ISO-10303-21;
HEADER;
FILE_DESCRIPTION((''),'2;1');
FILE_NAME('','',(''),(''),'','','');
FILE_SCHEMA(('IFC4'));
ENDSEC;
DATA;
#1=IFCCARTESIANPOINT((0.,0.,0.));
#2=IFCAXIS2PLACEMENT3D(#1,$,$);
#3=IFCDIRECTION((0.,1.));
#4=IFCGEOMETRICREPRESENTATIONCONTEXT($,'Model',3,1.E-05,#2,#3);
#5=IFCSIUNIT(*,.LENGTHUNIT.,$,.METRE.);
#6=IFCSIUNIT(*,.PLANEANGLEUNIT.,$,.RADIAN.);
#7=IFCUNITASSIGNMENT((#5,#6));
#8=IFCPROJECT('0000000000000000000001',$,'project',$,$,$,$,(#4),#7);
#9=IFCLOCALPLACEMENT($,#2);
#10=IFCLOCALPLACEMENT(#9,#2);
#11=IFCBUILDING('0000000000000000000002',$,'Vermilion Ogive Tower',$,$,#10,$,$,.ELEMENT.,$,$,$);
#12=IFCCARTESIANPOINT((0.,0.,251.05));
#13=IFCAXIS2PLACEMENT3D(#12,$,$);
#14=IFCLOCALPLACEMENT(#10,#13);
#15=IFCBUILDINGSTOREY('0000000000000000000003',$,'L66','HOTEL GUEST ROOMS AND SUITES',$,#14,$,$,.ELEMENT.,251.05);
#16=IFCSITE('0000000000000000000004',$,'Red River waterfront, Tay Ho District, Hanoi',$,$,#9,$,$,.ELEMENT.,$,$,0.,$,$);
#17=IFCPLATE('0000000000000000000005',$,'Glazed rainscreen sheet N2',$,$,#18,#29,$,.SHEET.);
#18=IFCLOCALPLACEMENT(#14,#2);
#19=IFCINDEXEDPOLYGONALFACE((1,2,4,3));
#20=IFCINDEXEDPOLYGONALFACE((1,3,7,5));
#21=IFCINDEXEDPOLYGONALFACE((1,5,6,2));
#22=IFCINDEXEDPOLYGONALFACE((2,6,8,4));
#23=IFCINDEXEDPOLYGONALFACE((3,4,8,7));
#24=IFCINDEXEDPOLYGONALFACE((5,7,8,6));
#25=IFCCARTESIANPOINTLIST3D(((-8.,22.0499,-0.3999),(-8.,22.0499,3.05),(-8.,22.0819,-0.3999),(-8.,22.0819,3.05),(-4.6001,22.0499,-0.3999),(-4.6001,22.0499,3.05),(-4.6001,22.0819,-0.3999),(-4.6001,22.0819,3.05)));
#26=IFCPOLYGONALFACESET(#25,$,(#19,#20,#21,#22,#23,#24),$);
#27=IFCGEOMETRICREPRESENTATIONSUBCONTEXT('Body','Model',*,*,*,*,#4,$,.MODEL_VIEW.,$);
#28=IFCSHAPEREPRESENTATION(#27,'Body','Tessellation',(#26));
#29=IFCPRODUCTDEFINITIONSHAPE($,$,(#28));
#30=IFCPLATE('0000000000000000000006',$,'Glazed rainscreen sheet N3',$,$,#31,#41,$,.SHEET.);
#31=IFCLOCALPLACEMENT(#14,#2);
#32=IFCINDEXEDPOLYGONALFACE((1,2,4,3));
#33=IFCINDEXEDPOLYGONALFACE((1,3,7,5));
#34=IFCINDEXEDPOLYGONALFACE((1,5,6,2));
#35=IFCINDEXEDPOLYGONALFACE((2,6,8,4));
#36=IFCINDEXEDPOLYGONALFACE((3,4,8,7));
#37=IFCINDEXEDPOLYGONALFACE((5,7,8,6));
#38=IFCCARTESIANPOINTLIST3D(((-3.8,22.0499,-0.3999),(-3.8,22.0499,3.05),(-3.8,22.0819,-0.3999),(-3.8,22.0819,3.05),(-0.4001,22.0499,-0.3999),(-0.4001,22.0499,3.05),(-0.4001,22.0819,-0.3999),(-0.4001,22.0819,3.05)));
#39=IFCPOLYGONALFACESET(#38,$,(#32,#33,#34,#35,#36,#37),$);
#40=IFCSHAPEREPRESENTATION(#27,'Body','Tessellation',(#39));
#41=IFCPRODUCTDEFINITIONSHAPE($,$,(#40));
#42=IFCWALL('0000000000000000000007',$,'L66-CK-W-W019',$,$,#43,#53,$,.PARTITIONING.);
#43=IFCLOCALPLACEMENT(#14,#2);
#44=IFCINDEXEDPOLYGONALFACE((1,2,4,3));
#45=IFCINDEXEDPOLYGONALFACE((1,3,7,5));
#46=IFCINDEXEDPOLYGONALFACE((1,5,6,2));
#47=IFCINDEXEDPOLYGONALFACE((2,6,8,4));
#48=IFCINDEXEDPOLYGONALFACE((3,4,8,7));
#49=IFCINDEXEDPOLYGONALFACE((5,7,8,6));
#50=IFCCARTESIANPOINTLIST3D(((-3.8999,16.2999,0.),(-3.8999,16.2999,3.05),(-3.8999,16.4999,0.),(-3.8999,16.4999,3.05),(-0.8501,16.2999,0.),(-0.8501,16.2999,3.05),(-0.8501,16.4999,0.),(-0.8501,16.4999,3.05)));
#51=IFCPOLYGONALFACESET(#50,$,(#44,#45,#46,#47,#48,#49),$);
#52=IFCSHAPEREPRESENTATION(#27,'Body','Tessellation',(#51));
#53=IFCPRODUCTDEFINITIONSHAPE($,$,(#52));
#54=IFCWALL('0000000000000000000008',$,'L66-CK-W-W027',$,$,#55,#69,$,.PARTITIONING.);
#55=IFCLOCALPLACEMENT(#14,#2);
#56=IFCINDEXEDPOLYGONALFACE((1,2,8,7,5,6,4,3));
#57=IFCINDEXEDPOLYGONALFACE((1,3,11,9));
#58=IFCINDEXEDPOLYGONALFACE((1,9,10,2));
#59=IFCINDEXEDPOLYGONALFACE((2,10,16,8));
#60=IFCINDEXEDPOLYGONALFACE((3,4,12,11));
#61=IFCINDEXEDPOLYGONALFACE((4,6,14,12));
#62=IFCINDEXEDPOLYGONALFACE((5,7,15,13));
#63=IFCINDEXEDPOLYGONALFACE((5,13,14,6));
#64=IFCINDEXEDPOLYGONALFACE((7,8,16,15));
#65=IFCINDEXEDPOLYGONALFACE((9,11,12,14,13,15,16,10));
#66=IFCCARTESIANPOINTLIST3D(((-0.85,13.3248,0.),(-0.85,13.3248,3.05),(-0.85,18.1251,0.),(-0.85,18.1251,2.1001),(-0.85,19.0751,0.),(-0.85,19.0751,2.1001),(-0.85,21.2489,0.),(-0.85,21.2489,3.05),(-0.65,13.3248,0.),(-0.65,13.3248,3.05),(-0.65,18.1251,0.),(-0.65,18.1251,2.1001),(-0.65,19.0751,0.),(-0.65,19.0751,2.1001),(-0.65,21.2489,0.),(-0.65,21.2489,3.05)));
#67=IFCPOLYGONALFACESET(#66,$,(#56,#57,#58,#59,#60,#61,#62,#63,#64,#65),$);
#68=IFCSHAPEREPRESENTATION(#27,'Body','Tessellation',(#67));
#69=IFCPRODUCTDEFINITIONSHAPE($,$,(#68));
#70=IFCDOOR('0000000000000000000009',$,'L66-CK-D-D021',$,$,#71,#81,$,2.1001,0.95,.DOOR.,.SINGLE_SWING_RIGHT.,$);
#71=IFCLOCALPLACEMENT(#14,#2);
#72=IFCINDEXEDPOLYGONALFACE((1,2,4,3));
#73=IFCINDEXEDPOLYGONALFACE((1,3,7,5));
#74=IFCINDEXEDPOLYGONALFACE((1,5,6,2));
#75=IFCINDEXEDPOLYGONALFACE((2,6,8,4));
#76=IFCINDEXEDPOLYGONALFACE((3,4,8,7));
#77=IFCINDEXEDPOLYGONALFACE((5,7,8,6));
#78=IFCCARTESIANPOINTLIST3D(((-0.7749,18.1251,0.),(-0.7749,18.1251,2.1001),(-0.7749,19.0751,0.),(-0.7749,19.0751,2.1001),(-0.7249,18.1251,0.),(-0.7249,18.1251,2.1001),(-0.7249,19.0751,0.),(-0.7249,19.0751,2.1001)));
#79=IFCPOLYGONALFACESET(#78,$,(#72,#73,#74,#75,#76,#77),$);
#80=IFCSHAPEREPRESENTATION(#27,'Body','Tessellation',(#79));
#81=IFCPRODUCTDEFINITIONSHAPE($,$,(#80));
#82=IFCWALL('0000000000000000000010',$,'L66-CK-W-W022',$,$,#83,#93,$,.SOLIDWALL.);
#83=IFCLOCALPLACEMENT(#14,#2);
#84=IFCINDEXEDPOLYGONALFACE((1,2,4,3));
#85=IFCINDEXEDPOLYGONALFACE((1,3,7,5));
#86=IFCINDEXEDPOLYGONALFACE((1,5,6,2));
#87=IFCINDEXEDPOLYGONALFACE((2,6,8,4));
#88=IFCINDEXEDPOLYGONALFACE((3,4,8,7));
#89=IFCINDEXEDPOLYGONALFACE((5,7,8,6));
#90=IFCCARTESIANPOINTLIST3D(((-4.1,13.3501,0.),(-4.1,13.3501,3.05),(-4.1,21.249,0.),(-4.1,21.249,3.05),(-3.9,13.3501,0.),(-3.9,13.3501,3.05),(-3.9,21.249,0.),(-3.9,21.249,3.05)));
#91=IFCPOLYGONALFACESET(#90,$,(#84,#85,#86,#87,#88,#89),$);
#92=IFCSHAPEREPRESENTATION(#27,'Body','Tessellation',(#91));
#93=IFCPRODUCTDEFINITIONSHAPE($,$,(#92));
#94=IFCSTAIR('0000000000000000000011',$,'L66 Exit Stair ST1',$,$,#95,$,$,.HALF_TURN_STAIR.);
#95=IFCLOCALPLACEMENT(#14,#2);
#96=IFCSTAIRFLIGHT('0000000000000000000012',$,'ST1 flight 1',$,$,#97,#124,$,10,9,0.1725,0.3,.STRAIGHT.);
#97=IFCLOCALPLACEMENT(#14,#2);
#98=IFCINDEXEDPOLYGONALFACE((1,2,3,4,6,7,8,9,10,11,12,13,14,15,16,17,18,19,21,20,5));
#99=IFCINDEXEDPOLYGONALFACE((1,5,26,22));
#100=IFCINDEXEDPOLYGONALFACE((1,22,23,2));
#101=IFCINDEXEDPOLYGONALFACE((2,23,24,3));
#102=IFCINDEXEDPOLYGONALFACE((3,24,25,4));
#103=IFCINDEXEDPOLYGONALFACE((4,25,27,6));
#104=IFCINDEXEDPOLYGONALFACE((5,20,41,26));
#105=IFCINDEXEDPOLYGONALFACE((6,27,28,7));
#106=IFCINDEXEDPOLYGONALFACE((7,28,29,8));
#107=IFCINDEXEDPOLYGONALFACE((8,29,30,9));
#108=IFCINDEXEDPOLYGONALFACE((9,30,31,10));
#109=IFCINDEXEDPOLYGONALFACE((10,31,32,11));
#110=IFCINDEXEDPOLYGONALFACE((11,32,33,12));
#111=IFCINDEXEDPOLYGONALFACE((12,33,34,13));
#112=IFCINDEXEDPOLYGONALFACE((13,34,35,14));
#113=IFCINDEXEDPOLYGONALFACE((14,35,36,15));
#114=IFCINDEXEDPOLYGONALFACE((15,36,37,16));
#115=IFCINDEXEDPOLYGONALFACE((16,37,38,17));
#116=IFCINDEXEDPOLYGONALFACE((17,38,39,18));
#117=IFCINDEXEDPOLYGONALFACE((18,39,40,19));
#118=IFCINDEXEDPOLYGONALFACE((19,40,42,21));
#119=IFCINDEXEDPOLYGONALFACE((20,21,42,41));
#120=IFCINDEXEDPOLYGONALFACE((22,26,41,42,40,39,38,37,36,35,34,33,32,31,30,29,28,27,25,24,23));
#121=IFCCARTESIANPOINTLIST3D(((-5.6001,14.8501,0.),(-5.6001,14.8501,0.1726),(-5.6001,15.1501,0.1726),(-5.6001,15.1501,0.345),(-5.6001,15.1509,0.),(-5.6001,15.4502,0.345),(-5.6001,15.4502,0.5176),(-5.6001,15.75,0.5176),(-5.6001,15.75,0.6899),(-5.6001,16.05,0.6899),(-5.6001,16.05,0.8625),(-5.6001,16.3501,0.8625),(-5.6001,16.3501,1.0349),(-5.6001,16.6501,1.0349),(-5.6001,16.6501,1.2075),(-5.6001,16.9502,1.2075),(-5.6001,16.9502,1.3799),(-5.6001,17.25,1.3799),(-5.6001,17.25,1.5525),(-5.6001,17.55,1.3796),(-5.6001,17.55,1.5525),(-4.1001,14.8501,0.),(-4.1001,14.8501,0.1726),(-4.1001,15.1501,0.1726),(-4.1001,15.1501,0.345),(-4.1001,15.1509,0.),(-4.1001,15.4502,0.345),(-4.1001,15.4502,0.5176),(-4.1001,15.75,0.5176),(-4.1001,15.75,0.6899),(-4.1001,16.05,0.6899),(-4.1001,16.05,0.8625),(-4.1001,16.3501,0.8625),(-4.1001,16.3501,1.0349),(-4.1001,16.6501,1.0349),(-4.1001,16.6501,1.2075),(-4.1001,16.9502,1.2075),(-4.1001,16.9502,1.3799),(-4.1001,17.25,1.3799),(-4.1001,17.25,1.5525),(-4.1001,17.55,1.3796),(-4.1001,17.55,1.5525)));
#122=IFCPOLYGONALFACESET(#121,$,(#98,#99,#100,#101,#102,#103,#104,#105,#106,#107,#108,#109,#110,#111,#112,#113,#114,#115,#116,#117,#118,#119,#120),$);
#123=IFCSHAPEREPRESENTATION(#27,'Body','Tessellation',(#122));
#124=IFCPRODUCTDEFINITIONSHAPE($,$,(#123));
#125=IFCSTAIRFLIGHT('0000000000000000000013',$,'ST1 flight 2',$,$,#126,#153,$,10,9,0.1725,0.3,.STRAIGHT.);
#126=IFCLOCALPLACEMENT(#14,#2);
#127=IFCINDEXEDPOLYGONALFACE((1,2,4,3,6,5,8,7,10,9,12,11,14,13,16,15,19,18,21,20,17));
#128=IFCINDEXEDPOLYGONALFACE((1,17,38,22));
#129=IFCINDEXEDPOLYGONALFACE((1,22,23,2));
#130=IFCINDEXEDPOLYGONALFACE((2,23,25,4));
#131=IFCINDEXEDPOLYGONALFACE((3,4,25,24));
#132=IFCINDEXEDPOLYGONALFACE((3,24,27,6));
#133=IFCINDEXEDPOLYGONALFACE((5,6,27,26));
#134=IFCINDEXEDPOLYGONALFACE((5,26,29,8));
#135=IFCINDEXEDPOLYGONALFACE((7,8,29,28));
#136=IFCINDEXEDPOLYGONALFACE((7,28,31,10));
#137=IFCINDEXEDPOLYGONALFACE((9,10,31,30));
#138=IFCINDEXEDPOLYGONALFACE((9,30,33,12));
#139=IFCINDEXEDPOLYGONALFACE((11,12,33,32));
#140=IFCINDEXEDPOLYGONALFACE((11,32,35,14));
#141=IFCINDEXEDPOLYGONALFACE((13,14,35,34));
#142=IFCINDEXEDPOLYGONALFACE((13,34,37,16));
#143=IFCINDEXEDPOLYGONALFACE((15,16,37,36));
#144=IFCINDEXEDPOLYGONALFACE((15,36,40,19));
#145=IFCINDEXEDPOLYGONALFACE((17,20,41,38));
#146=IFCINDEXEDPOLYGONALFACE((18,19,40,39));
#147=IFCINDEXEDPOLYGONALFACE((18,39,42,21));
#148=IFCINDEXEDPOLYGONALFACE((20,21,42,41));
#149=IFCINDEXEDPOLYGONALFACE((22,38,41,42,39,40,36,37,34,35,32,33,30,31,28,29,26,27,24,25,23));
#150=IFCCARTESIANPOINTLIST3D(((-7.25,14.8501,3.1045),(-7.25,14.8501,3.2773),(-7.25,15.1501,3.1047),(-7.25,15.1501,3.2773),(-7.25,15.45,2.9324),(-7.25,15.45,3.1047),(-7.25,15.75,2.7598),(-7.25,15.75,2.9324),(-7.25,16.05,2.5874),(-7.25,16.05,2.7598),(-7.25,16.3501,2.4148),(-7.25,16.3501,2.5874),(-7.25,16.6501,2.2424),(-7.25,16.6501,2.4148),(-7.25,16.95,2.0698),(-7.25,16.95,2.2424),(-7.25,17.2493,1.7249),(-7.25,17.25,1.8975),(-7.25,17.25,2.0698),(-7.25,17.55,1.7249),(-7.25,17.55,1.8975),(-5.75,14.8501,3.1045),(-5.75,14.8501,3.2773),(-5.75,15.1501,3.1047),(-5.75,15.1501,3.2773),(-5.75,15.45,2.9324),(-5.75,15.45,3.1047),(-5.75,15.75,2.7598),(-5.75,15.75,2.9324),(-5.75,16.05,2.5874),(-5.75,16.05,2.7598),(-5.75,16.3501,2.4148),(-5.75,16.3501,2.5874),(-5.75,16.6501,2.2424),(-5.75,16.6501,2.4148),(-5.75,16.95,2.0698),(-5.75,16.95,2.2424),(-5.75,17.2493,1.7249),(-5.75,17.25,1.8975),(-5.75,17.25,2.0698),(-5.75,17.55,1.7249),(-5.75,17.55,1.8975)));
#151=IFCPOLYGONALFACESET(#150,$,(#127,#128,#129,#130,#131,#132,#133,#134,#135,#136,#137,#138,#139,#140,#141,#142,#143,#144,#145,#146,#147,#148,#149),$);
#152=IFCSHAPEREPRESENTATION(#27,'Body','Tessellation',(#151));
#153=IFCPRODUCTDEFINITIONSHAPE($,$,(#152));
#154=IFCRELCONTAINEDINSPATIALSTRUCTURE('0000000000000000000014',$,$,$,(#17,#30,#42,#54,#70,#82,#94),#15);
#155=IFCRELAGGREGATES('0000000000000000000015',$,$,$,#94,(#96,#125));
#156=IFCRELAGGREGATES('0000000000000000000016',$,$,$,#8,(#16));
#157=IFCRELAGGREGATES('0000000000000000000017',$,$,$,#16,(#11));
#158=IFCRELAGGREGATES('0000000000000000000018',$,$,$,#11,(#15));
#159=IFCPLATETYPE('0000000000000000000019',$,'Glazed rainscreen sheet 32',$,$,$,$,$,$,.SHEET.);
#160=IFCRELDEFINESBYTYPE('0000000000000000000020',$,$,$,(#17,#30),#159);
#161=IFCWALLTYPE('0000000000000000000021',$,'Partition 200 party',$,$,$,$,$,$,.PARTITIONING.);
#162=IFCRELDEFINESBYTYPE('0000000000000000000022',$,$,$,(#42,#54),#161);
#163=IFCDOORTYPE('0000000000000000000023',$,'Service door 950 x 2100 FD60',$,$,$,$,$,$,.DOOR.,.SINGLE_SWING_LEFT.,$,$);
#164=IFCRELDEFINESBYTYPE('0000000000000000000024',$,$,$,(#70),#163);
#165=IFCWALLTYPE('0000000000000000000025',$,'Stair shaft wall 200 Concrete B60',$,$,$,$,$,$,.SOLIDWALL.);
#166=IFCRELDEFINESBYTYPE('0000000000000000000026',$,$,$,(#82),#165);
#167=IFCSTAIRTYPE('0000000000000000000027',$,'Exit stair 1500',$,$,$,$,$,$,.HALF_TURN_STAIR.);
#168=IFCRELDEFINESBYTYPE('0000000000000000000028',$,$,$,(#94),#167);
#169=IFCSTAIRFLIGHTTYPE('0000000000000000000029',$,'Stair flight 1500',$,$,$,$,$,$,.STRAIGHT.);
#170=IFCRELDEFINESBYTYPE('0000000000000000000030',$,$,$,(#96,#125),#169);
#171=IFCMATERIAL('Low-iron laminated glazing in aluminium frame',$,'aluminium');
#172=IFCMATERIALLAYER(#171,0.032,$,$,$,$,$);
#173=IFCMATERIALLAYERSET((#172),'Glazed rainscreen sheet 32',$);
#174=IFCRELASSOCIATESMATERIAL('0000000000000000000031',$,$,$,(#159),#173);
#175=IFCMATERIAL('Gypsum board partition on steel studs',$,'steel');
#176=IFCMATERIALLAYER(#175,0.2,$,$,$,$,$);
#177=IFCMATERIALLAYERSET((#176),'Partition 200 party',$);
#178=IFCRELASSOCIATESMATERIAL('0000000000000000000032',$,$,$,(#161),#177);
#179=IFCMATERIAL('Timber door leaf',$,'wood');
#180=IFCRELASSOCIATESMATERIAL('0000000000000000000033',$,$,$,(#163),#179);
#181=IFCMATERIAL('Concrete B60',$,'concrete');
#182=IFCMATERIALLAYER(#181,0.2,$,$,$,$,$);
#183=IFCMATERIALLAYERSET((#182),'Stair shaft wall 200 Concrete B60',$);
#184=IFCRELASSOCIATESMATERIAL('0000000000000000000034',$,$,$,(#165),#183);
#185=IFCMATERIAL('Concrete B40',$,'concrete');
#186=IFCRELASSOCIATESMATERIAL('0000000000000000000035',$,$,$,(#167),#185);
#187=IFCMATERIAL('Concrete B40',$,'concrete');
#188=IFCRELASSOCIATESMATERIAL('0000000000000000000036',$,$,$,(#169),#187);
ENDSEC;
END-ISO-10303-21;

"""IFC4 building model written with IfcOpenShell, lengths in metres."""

from ifc_helpers import new_model, si_unit, direction, frame, frame_2d, origin, origin_2d, place, context, subcontext, project, spatial, polyline, rectangle, outline, extrude, material, layer, layer_set, type_object, element, fill, aggregate, save


model = new_model("IFC4")

# Units and contexts
model_context = context("Model", 3, precision=1e-05, world=origin(), true_north=direction((0.0, 1.0)))
body_context = subcontext(model_context, "Body", "Model", "MODEL_VIEW")
ifc_project = project(units=[si_unit("LENGTHUNIT", "METRE"), si_unit("PLANEANGLEUNIT", "RADIAN")], contexts=[model_context])

# Site, building, storey
site_placement = place(None, origin())
site = spatial("IfcSite", under=ifc_project, at=site_placement, Name="Red River waterfront, Tay Ho District, Hanoi", CompositionType="ELEMENT", RefElevation=0.0)
building_placement = place(site_placement, origin())
building = spatial("IfcBuilding", under=site, at=building_placement, Name="Vermilion Ogive Tower", CompositionType="ELEMENT")
storey_placement = place(building_placement, frame((0.0, 0.0, 251.05)))
storey = spatial("IfcBuildingStorey", under=building, at=storey_placement, Name="L66", Description="HOTEL GUEST ROOMS AND SUITES", CompositionType="ELEMENT", Elevation=251.05)

# Plates
ifc_material_1 = material(Name="Low-iron laminated glazing in aluminium frame", Category="aluminium")
ifc_layer_1 = layer(ifc_material_1, 0.032)
ifc_layer_set_1 = layer_set([ifc_layer_1], Name="Glazed rainscreen sheet 32")
plate_type = type_object("IfcPlateType", Name="Glazed rainscreen sheet 32", PredefinedType="SHEET", material=ifc_layer_set_1)
for number, where, z_axis, x_axis, name in (
    (1, (-6.3, 22.0659, -0.3999), (0.0, 0.0, 1.0), (1.0, 0.0, 0.0), "Glazed rainscreen sheet N2"),
    (2, (-2.1001, 22.0659, -0.3999), (0.0, 0.0, 1.0), (1.0, 0.0, 0.0), "Glazed rainscreen sheet N3"),
):
    element("IfcPlate", number, at=place(storey_placement, frame(where, z_axis=z_axis, x_axis=x_axis)), inside=storey, type_object=plate_type, Name=name, PredefinedType="SHEET", context=body_context, shape_type="SweptSolid", body=[
        extrude(rectangle(XDim=3.3999, YDim=0.032, at=origin_2d()), origin(), (0.0, 0.0, 1.0), 3.45),
    ])

# Wall
ifc_material_2 = material(Name="Gypsum board partition on steel studs", Category="steel")
ifc_layer_2 = layer(ifc_material_2, 0.2)
ifc_layer_set_2 = layer_set([ifc_layer_2], Name="Partition 200 party")
wall_type_1 = type_object("IfcWallType", Name="Partition 200 party", PredefinedType="PARTITIONING", material=ifc_layer_set_2)
wall_1_placement = place(storey_placement, frame((-3.8999, 16.3999, 0.0), z_axis=(0.0, 0.0, 1.0), x_axis=(1.0, 0.0, 0.0)))
element("IfcWall", 3, at=wall_1_placement, inside=storey, type_object=wall_type_1, Name="L66-CK-W-W019", PredefinedType="PARTITIONING", context=body_context, shape_type="SweptSolid", body=[
    extrude(rectangle(XDim=3.0498, YDim=0.2, at=frame_2d((1.5249, 0.0))), origin(), (0.0, 0.0, 1.0), 3.05),
])

# Wall, opening, door
wall_2_placement = place(storey_placement, frame((-0.75, 13.325, 0.0), z_axis=(0.0, 0.0, 1.0), x_axis=(0.0, 1.0, 0.0)))
wall_2 = element("IfcWall", 4, at=wall_2_placement, inside=storey, type_object=wall_type_1, Name="L66-CK-W-W027", PredefinedType="PARTITIONING", context=body_context, shape_type="SweptSolid", body=[
    extrude(rectangle(XDim=7.9241, YDim=0.2, at=frame_2d((3.9619, 0.0))), origin(), (0.0, 0.0, 1.0), 3.05),
])
opening_placement = place(wall_2_placement, frame((4.8, 0.0, 0.0)))
opening = element("IfcOpeningElement", 5, at=opening_placement, cuts=wall_2, PredefinedType="OPENING", context=body_context, shape_type="SweptSolid", body=[
    extrude(rectangle(XDim=0.95, YDim=2.1001, at=frame_2d((0.4751, 1.05))), frame((0.0, 0.1099, 0.0), z_axis=(0.0, -1.0, 0.0), x_axis=(1.0, 0.0, 0.0)), (0.0, 0.0, 1.0), 0.22),
])
ifc_material_3 = material(Name="Timber door leaf", Category="wood")
door_type = type_object("IfcDoorType", Name="Service door 950 x 2100 FD60", OperationType="SINGLE_SWING_LEFT", PredefinedType="DOOR", material=ifc_material_3)
door_placement = place(opening_placement, origin())
door = element("IfcDoor", 6, at=door_placement, inside=storey, type_object=door_type, Name="L66-CK-D-D021", OperationType="SINGLE_SWING_RIGHT", OverallHeight=2.1001, OverallWidth=0.95, PredefinedType="DOOR", context=body_context, shape_type="SweptSolid", body=[
    extrude(rectangle(XDim=0.95, YDim=2.1001, at=frame_2d((0.4751, 1.05))), frame((0.0, 0.0249, 0.0), z_axis=(0.0, -1.0, 0.0), x_axis=(1.0, 0.0, 0.0)), (0.0, 0.0, 1.0), 0.05),
])
fill(opening, door)

# Wall
ifc_material_4 = material(Name="Concrete B60", Category="concrete")
ifc_layer_3 = layer(ifc_material_4, 0.2)
ifc_layer_set_3 = layer_set([ifc_layer_3], Name="Stair shaft wall 200 Concrete B60")
wall_type_2 = type_object("IfcWallType", Name="Stair shaft wall 200 Concrete B60", PredefinedType="SOLIDWALL", material=ifc_layer_set_3)
wall_3_placement = place(storey_placement, frame((-4.0, 13.3501, 0.0), z_axis=(0.0, 0.0, 1.0), x_axis=(0.0, 1.0, 0.0)))
element("IfcWall", 7, at=wall_3_placement, inside=storey, type_object=wall_type_2, Name="L66-CK-W-W022", PredefinedType="SOLIDWALL", context=body_context, shape_type="SweptSolid", body=[
    extrude(rectangle(XDim=7.8989, YDim=0.2, at=frame_2d((3.9495, 0.0))), origin(), (0.0, 0.0, 1.0), 3.05),
])

# Stair, stair flights
ifc_material_5 = material(Name="Concrete B40", Category="concrete")
stair_type = type_object("IfcStairType", Name="Exit stair 1500", PredefinedType="HALF_TURN_STAIR", material=ifc_material_5)
stair_placement = place(storey_placement, origin())
stair = element("IfcStair", 8, at=stair_placement, inside=storey, type_object=stair_type, Name="L66 Exit Stair ST1", PredefinedType="HALF_TURN_STAIR")
ifc_material_6 = material(Name="Concrete B40", Category="concrete")
stair_flight_type = type_object("IfcStairFlightType", Name="Stair flight 1500", PredefinedType="STRAIGHT", material=ifc_material_6)
stair_flight_1_placement = place(storey_placement, frame((-4.8501, 14.8501, 0.0), z_axis=(0.0, 0.0, 1.0), x_axis=(0.0, 1.0, 0.0)))
stair_flight_1 = element("IfcStairFlight", 9, at=stair_flight_1_placement, type_object=stair_flight_type, Name="ST1 flight 1", NumberOfRisers=10, NumberOfTreads=9, PredefinedType="STRAIGHT", RiserHeight=0.1725, TreadLength=0.3, context=body_context, shape_type="SweptSolid", body=[
    extrude(outline(polyline([(0.0, 0.0), (0.0, 0.1726), (0.3, 0.1726), (0.3, 0.345), (0.6001, 0.345), (0.6001, 0.5176), (0.8999, 0.5176), (0.8999, 0.6899), (1.2, 0.6899), (1.2, 0.8625), (1.5, 0.8625), (1.5, 1.0349), (1.8, 1.0349), (1.8, 1.2075), (2.1001, 1.2075), (2.1001, 1.3799), (2.3999, 1.3799), (2.3999, 1.5525), (2.7, 1.5525), (2.7, 1.7251), (2.7, 1.3796), (0.3008, 0.0), (0.0, 0.0)])), frame((0.0, 0.75, 0.0), z_axis=(0.0, -1.0, 0.0), x_axis=(1.0, 0.0, 0.0)), (0.0, 0.0, 1.0), 1.5),
])
stair_flight_2_placement = place(storey_placement, frame((-6.5, 17.55, 1.7249), z_axis=(0.0, 0.0, 1.0), x_axis=(0.0, -1.0, 0.0)))
stair_flight_2 = element("IfcStairFlight", 10, at=stair_flight_2_placement, type_object=stair_flight_type, Name="ST1 flight 2", NumberOfRisers=10, NumberOfTreads=9, PredefinedType="STRAIGHT", RiserHeight=0.1725, TreadLength=0.3, context=body_context, shape_type="SweptSolid", body=[
    extrude(outline(polyline([(0.0, 0.0), (0.0, 0.1726), (0.3, 0.1726), (0.3, 0.345), (0.6001, 0.345), (0.6001, 0.5176), (0.8999, 0.5176), (0.8999, 0.6899), (1.2, 0.6899), (1.2, 0.8625), (1.5, 0.8625), (1.5, 1.0349), (1.8, 1.0349), (1.8, 1.2075), (2.1001, 1.2075), (2.1001, 1.3799), (2.3999, 1.3799), (2.3999, 1.5525), (2.7, 1.5525), (2.7, 1.7251), (2.7, 1.3796), (0.3008, 0.0), (0.0, 0.0)])), frame((0.0, 0.75, 0.0), z_axis=(0.0, -1.0, 0.0), x_axis=(1.0, 0.0, 0.0)), (0.0, 0.0, 1.0), 1.5),
])
aggregate(stair, [stair_flight_1, stair_flight_2])

save(model, "model.ifc")
